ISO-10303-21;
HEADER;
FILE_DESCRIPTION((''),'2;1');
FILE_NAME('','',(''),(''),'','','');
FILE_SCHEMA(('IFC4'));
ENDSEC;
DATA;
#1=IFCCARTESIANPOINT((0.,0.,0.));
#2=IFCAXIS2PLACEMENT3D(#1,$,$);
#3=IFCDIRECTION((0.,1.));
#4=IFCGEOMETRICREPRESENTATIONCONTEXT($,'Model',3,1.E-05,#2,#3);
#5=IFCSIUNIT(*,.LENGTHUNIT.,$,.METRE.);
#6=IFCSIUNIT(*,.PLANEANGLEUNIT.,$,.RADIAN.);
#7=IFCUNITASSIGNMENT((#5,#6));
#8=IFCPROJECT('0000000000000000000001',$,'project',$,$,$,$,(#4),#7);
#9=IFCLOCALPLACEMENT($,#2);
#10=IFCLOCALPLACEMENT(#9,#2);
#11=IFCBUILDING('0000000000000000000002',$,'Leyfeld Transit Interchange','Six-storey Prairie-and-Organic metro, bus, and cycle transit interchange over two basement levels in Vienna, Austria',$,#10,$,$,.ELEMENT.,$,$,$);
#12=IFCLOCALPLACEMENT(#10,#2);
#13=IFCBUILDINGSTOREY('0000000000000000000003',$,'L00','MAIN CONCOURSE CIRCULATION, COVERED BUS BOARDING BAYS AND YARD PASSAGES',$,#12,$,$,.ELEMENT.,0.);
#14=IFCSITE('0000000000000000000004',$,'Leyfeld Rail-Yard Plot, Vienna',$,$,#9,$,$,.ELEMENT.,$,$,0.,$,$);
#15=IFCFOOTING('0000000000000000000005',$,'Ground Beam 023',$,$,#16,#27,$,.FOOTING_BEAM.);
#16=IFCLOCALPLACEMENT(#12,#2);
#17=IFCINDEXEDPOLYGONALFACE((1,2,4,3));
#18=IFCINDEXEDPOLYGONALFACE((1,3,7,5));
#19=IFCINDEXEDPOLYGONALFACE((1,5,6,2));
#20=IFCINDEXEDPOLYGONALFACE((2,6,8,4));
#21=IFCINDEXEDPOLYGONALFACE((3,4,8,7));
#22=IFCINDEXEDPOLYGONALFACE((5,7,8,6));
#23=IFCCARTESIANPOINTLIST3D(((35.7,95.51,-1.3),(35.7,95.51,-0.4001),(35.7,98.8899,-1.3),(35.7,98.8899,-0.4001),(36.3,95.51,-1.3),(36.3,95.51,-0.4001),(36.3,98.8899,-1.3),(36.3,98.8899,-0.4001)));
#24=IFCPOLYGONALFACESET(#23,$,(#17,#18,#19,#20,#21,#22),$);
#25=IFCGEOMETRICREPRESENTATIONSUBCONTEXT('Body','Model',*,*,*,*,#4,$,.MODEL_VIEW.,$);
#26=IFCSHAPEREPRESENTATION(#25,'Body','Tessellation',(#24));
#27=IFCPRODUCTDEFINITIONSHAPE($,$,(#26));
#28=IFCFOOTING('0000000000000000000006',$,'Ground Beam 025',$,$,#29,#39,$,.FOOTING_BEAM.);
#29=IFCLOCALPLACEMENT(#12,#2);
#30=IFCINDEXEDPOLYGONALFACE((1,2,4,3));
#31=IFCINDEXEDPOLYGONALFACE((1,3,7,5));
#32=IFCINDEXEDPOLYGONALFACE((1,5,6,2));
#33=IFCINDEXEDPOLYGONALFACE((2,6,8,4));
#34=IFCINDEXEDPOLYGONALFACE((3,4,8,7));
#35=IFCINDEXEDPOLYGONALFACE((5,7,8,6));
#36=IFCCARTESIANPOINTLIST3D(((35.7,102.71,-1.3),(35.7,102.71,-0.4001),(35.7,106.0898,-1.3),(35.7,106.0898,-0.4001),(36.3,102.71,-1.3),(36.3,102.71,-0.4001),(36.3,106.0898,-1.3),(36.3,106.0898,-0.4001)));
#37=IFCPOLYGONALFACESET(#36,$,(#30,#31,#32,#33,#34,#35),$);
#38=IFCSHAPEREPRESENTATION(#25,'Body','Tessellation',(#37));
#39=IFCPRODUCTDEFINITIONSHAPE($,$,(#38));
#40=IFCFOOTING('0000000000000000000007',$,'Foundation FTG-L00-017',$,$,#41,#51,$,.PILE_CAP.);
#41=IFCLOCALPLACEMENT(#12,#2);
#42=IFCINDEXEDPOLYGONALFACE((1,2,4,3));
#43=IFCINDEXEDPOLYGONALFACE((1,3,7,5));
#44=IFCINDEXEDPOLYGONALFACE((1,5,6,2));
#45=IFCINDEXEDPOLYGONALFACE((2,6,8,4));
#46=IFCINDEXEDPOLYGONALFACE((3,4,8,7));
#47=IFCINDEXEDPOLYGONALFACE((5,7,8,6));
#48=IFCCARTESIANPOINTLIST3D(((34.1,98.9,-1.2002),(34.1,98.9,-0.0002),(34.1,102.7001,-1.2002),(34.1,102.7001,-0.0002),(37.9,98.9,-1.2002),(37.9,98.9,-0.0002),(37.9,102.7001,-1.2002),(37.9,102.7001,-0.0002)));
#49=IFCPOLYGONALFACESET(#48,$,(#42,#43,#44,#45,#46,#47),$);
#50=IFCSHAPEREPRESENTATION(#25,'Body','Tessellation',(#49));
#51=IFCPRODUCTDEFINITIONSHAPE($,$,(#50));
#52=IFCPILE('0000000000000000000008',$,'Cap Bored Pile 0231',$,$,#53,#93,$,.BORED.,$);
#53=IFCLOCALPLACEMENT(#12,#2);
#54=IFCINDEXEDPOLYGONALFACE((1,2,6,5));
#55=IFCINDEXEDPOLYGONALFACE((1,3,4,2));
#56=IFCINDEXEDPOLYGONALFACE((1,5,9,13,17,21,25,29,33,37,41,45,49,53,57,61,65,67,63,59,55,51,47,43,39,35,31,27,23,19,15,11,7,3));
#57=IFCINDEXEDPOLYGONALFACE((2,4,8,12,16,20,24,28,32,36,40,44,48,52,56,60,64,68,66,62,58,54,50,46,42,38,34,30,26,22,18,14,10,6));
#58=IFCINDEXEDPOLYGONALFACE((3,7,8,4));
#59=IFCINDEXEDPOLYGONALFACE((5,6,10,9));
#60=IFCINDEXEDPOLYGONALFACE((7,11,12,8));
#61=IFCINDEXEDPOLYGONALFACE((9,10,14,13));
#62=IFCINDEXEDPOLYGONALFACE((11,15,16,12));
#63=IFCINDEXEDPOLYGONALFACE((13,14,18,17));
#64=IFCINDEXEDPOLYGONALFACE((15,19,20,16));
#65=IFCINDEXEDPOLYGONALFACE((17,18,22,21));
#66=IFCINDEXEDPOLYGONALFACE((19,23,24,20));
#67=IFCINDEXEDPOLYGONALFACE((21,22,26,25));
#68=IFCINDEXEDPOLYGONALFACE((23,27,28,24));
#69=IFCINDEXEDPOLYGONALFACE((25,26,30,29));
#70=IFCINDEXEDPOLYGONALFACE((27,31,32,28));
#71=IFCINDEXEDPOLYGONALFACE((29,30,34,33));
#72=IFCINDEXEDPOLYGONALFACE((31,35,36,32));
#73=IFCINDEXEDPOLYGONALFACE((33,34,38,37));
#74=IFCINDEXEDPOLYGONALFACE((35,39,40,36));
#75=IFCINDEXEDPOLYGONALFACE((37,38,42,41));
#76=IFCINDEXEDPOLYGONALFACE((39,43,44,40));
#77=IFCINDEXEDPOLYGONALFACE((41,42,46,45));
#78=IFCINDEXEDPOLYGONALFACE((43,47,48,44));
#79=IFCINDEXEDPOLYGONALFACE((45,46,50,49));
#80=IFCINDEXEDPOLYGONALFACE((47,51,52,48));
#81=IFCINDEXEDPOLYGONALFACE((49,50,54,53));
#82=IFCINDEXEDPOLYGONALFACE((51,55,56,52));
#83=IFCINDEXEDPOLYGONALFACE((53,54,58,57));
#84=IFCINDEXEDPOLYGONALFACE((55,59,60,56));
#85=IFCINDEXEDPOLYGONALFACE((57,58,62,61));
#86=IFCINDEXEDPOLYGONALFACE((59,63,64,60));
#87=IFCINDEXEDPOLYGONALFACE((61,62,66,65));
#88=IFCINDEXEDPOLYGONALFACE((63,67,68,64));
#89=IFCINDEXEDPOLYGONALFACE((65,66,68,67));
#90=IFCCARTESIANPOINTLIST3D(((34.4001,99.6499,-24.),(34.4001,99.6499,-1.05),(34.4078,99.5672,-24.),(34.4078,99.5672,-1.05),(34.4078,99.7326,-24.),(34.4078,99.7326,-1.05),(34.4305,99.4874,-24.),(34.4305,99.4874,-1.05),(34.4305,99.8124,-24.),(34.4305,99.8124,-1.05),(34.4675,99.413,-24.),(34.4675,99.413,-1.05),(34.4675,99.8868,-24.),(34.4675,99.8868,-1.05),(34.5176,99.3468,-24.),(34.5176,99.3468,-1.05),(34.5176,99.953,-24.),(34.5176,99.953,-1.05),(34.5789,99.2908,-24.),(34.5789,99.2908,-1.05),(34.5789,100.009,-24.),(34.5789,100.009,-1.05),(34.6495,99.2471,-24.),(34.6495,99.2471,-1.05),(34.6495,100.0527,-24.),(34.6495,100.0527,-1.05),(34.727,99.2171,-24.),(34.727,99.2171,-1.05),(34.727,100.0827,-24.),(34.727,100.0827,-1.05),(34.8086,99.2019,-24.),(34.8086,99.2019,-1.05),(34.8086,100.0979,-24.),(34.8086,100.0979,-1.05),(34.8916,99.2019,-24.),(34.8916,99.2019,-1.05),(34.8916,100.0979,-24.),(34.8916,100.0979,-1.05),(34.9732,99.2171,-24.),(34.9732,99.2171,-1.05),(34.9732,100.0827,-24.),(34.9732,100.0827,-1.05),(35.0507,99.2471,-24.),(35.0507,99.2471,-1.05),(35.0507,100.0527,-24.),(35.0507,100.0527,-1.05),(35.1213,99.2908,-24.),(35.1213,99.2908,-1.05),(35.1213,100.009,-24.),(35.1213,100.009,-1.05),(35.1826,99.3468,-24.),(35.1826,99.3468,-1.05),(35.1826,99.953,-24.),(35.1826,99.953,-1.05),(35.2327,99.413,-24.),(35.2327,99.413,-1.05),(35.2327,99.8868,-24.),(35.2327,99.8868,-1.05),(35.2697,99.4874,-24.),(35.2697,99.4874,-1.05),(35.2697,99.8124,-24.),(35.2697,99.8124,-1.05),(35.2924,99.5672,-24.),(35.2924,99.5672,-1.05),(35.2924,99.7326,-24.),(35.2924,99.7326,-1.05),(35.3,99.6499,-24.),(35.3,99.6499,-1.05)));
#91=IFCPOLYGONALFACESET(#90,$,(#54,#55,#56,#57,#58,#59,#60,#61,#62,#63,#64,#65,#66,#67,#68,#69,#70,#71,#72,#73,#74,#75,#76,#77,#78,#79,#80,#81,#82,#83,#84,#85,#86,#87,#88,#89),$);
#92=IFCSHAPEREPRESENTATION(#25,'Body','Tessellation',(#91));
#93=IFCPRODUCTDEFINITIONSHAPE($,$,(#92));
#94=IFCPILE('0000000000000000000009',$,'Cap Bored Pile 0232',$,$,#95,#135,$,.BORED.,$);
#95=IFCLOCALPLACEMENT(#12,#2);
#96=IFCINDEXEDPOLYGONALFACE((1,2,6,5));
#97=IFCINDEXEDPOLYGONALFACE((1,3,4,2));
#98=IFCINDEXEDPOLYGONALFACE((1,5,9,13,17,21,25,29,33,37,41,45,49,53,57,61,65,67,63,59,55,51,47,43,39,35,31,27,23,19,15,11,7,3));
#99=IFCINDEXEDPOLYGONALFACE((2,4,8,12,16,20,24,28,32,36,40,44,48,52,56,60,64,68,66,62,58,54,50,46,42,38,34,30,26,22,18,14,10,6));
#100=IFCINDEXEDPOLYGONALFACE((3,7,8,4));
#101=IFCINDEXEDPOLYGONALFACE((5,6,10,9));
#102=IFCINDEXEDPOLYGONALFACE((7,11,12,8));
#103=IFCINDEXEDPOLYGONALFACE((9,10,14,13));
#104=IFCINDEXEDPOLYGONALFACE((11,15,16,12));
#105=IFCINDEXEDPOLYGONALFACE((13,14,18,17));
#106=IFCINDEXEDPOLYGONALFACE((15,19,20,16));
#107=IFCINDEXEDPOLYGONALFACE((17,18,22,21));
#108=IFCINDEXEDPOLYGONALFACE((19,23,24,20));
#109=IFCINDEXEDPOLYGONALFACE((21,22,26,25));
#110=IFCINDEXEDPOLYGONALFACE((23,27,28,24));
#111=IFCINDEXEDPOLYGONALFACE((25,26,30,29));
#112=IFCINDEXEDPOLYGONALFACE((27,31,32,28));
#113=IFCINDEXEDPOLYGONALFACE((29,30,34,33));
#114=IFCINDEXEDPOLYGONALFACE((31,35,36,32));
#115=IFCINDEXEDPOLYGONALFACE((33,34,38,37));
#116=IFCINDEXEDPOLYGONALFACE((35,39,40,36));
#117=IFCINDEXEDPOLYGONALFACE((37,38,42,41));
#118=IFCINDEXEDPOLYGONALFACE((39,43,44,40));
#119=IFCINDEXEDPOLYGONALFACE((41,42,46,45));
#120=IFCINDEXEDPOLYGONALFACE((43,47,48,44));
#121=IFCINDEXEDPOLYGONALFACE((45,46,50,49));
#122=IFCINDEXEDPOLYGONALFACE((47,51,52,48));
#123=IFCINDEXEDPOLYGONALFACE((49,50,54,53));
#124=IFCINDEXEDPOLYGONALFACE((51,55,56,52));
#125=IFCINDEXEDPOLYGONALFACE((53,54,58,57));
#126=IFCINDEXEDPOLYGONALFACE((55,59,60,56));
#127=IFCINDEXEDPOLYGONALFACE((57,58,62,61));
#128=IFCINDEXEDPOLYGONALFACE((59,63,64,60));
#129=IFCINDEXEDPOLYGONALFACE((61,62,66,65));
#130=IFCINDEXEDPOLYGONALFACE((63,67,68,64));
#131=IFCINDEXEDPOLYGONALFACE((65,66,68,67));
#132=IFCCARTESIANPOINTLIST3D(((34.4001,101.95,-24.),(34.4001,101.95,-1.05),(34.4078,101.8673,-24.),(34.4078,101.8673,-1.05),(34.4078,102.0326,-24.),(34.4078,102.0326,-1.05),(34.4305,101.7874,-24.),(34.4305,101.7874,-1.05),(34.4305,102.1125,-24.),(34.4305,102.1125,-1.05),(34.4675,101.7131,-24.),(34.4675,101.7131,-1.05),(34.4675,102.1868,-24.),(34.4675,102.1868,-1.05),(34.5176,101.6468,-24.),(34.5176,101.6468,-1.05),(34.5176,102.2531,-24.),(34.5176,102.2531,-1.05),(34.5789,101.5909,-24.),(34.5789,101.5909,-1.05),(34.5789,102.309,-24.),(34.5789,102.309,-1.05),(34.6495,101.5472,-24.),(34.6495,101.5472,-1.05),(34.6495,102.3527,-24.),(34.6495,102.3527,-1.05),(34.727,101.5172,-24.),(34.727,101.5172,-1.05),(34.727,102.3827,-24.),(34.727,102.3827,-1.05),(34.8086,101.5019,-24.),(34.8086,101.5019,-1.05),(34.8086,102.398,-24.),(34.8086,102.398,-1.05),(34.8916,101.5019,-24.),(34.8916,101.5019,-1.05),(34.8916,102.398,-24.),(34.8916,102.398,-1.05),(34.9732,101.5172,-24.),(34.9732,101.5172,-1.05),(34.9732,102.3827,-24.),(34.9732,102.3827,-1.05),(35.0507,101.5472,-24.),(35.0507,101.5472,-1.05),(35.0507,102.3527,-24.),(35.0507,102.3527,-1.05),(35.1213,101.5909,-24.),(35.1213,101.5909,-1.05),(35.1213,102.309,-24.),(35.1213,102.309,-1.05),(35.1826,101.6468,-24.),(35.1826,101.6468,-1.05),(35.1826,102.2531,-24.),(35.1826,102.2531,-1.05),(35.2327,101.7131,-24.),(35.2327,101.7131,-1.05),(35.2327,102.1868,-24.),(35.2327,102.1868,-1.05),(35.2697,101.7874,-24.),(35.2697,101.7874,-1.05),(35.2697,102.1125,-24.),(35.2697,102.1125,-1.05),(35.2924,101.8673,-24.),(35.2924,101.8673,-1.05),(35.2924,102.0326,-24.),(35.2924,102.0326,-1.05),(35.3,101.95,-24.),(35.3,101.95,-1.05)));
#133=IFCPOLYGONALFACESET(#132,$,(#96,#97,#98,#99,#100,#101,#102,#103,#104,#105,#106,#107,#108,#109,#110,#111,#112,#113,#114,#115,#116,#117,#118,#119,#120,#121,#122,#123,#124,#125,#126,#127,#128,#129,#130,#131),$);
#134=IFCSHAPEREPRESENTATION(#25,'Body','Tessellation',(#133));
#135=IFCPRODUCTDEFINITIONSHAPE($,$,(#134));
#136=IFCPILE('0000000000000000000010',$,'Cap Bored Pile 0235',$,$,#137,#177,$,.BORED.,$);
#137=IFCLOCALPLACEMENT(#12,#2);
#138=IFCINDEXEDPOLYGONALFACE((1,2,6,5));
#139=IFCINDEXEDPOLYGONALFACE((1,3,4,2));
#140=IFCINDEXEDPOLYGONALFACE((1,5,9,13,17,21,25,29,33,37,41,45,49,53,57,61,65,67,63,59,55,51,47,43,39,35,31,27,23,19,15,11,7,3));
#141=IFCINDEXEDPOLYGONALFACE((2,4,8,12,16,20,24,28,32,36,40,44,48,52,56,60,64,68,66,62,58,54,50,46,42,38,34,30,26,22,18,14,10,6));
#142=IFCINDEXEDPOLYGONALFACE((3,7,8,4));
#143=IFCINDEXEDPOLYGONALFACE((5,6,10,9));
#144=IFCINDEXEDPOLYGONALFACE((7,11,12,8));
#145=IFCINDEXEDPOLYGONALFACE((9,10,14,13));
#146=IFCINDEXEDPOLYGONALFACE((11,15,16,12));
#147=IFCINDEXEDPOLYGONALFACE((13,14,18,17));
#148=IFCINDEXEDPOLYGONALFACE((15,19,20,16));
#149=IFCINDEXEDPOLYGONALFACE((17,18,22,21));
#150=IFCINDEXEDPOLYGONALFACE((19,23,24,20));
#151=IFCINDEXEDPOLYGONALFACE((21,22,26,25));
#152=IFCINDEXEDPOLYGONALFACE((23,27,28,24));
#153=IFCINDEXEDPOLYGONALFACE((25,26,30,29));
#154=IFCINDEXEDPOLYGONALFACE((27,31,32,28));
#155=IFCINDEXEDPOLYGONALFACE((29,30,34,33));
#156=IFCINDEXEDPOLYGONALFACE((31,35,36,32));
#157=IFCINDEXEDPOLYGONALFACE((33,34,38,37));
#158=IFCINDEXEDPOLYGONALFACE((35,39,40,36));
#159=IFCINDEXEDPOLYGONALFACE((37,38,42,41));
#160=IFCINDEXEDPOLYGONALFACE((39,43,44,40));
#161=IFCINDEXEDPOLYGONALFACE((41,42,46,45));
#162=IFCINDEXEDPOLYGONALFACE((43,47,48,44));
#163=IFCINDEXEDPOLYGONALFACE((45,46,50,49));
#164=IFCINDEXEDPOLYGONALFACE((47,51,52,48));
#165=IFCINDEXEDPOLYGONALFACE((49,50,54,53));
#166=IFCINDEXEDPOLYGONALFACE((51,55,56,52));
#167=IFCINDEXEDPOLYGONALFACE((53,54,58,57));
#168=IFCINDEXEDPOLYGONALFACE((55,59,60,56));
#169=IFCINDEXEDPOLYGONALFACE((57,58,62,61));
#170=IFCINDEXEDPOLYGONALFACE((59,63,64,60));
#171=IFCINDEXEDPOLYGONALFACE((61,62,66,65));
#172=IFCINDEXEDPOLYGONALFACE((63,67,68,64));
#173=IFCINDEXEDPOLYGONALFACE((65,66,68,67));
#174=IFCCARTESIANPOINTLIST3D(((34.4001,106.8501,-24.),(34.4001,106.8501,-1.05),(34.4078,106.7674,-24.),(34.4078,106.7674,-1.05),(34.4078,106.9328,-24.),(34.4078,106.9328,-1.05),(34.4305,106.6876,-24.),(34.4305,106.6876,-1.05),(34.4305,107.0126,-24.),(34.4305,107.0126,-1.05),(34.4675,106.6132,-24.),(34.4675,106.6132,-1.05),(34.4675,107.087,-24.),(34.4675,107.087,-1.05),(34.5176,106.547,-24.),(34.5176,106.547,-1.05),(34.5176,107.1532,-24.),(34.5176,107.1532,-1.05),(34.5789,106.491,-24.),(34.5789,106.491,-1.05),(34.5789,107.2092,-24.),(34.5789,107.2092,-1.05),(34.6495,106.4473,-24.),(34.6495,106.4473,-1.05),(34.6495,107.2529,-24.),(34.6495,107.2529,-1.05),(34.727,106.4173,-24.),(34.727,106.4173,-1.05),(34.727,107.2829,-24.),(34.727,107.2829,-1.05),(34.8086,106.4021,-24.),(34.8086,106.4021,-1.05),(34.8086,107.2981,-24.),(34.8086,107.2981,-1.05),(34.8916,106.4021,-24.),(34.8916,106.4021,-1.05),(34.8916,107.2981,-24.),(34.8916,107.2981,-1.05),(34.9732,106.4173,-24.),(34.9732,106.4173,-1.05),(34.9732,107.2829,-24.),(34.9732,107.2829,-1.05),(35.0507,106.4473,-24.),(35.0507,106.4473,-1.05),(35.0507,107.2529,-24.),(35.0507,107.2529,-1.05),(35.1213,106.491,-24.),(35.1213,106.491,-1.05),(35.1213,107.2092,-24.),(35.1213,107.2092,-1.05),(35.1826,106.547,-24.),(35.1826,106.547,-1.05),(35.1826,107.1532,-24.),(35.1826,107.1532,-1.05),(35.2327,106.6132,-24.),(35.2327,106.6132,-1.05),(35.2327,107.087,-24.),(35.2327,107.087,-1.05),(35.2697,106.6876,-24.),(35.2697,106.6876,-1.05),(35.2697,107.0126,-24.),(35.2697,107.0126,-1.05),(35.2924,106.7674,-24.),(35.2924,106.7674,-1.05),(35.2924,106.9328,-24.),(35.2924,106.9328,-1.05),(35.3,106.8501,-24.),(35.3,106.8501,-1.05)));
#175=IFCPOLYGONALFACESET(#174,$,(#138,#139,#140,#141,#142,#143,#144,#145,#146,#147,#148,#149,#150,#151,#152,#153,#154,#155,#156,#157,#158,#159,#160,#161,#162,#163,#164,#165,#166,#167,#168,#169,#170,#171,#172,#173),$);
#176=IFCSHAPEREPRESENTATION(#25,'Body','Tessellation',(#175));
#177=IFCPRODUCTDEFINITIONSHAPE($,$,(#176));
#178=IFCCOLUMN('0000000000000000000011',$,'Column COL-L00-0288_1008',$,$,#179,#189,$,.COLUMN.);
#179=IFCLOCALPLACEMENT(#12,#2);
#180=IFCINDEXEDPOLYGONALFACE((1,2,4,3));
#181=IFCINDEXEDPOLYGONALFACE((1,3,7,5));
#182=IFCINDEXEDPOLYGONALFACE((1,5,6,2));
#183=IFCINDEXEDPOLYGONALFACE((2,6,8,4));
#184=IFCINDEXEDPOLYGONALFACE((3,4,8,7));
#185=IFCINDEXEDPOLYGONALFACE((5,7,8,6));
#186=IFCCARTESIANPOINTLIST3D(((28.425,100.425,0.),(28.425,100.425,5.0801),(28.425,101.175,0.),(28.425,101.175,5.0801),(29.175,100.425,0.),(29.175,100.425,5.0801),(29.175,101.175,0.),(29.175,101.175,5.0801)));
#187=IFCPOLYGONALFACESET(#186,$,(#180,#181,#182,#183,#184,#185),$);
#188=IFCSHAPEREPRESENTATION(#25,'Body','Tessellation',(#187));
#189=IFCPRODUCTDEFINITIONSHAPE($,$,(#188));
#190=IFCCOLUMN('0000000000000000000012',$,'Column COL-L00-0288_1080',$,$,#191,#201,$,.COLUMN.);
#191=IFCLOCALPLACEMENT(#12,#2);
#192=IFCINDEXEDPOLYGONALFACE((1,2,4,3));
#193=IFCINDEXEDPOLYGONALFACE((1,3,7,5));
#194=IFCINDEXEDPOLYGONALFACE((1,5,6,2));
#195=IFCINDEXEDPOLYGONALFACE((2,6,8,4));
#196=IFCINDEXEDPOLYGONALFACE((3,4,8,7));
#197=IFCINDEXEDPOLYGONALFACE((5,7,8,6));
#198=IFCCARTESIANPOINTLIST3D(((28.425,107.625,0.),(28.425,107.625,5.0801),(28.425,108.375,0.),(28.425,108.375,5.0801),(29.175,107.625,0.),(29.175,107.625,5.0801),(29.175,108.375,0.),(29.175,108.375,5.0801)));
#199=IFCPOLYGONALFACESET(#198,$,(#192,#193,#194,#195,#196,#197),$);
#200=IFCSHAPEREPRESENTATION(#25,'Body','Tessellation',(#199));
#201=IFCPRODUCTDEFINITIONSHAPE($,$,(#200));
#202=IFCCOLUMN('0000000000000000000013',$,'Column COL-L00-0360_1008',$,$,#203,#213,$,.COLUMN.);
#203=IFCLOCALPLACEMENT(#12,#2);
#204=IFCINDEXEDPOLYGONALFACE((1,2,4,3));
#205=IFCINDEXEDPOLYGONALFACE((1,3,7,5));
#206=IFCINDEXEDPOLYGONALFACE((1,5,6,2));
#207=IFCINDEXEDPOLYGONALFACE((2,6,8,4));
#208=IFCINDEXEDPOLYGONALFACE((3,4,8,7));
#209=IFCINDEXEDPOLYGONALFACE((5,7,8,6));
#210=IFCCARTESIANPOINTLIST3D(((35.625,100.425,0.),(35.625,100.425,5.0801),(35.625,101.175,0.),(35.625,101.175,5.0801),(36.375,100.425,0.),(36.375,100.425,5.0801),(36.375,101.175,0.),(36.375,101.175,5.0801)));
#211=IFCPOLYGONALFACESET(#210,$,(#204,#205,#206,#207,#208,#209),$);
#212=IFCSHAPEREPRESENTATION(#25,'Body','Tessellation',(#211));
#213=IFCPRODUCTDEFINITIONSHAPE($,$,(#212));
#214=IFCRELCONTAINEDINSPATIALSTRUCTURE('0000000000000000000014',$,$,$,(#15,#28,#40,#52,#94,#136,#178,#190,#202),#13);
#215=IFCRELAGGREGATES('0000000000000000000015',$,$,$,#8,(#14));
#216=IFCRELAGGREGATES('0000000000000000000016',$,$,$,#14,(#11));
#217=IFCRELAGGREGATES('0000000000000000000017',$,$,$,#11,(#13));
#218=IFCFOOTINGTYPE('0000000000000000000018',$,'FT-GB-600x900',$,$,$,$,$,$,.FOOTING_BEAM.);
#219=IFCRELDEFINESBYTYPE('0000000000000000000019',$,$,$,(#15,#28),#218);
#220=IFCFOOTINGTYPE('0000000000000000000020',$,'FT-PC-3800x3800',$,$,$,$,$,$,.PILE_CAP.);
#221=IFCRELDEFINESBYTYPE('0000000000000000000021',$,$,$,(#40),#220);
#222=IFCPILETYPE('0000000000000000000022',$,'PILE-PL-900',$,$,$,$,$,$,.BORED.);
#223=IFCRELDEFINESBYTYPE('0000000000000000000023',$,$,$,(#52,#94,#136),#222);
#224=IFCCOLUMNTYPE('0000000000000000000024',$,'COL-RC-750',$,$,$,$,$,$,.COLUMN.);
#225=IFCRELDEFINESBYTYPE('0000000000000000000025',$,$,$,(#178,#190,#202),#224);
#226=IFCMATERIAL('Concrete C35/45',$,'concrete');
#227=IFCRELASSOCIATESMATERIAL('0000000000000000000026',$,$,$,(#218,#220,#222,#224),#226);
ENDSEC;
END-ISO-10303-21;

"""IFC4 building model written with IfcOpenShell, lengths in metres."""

from ifc_helpers import new_model, si_unit, direction, frame, origin, origin_2d, place, context, subcontext, project, spatial, rectangle, circle, extrude, material, material_profile, profile_set, type_object, element, save


model = new_model("IFC4")

# Units and contexts
model_context = context("Model", 3, precision=1e-05, world=origin(), true_north=direction((0.0, 1.0)))
body_context = subcontext(model_context, "Body", "Model", "MODEL_VIEW")
ifc_project = project(units=[si_unit("LENGTHUNIT", "METRE"), si_unit("PLANEANGLEUNIT", "RADIAN")], contexts=[model_context])

# Site, building, storey
site_placement = place(None, origin())
site = spatial("IfcSite", under=ifc_project, at=site_placement, Name="Leyfeld Rail-Yard Plot, Vienna", CompositionType="ELEMENT", RefElevation=0.0)
building_placement = place(site_placement, origin())
building = spatial("IfcBuilding", under=site, at=building_placement, Name="Leyfeld Transit Interchange", Description="Six-storey Prairie-and-Organic metro, bus, and cycle transit interchange over two basement levels in Vienna, Austria", CompositionType="ELEMENT")
storey_placement = place(building_placement, origin())
storey = spatial("IfcBuildingStorey", under=building, at=storey_placement, Name="L00", Description="MAIN CONCOURSE CIRCULATION, COVERED BUS BOARDING BAYS AND YARD PASSAGES", CompositionType="ELEMENT", Elevation=0.0)

# Footings
ifc_material_1 = material(Name="Concrete C35/45", Category="concrete")
footing_type_1 = type_object("IfcFootingType", Name="FT-GB-600x900", PredefinedType="FOOTING_BEAM", material=ifc_material_1)
for number, where, z_axis, x_axis, name in (
    (1, (36.0, 97.2, -1.3), (0.0, 0.0, 1.0), (1.0, 0.0, 0.0), "Ground Beam 023"),
    (2, (36.0, 104.3999, -1.3), (0.0, 0.0, 1.0), (1.0, 0.0, 0.0), "Ground Beam 025"),
):
    element("IfcFooting", number, at=place(storey_placement, frame(where, z_axis=z_axis, x_axis=x_axis)), inside=storey, type_object=footing_type_1, Name=name, PredefinedType="FOOTING_BEAM", context=body_context, shape_type="SweptSolid", body=[
        extrude(rectangle(XDim=0.6001, YDim=3.3799, at=origin_2d()), origin(), (0.0, 0.0, 1.0), 0.8999),
    ])
footing_type_2 = type_object("IfcFootingType", Name="FT-PC-3800x3800", PredefinedType="PILE_CAP", material=ifc_material_1)
footing_placement = place(storey_placement, frame((36.0, 100.8, -1.2002), z_axis=(0.0, 0.0, 1.0), x_axis=(1.0, 0.0, 0.0)))
element("IfcFooting", 3, at=footing_placement, inside=storey, type_object=footing_type_2, Name="Foundation FTG-L00-017", PredefinedType="PILE_CAP", context=body_context, shape_type="SweptSolid", body=[
    extrude(rectangle(XDim=3.8, YDim=3.8, at=origin_2d()), origin(), (0.0, 0.0, 1.0), 1.2),
])

# Piles
ifc_material_profile_1 = material_profile(ifc_material_1, circle(Radius=0.45, at=origin_2d()), Name="PILE D900")
ifc_profile_set_1 = profile_set([ifc_material_profile_1], Name="Concrete C35/45")
pile_type = type_object("IfcPileType", Name="PILE-PL-900", PredefinedType="BORED", material=ifc_profile_set_1)
for number, where, z_axis, x_axis, name in (
    (4, (34.8501, 99.6499, -1.05), (0.0, 0.0, -1.0), (1.0, 0.0, 0.0), "Cap Bored Pile 0231"),
    (5, (34.8501, 101.95, -1.05), (0.0, 0.0, -1.0), (1.0, 0.0, 0.0), "Cap Bored Pile 0232"),
    (6, (34.8501, 106.8501, -1.05), (0.0, 0.0, -1.0), (1.0, 0.0, 0.0), "Cap Bored Pile 0235"),
):
    element("IfcPile", number, at=place(storey_placement, frame(where, z_axis=z_axis, x_axis=x_axis)), inside=storey, type_object=pile_type, Name=name, PredefinedType="BORED", context=body_context, shape_type="SweptSolid", body=[
        extrude(circle(Radius=0.45, at=origin_2d()), origin(), (0.0, 0.0, 1.0), 22.95),
    ])

# Columns
ifc_material_profile_2 = material_profile(ifc_material_1, rectangle(XDim=0.75, YDim=0.75, at=origin_2d()), Name="RC 750x750")
ifc_profile_set_2 = profile_set([ifc_material_profile_2], Name="Concrete C35/45")
column_type = type_object("IfcColumnType", Name="COL-RC-750", PredefinedType="COLUMN", material=ifc_profile_set_2)
for number, where, z_axis, x_axis, name in (
    (7, (28.8, 100.8, 0.0), (0.0, 0.0, 1.0), (1.0, 0.0, 0.0), "Column COL-L00-0288_1008"),
    (8, (28.8, 108.0, 0.0), (0.0, 0.0, 1.0), (1.0, 0.0, 0.0), "Column COL-L00-0288_1080"),
    (9, (36.0, 100.8, 0.0), (0.0, 0.0, 1.0), (1.0, 0.0, 0.0), "Column COL-L00-0360_1008"),
):
    element("IfcColumn", number, at=place(storey_placement, frame(where, z_axis=z_axis, x_axis=x_axis)), inside=storey, type_object=column_type, Name=name, PredefinedType="COLUMN", context=body_context, shape_type="SweptSolid", body=[
        extrude(rectangle(XDim=0.75, YDim=0.75, at=origin_2d()), origin(), (0.0, 0.0, 1.0), 5.0801),
    ])

save(model, "model.ifc")
